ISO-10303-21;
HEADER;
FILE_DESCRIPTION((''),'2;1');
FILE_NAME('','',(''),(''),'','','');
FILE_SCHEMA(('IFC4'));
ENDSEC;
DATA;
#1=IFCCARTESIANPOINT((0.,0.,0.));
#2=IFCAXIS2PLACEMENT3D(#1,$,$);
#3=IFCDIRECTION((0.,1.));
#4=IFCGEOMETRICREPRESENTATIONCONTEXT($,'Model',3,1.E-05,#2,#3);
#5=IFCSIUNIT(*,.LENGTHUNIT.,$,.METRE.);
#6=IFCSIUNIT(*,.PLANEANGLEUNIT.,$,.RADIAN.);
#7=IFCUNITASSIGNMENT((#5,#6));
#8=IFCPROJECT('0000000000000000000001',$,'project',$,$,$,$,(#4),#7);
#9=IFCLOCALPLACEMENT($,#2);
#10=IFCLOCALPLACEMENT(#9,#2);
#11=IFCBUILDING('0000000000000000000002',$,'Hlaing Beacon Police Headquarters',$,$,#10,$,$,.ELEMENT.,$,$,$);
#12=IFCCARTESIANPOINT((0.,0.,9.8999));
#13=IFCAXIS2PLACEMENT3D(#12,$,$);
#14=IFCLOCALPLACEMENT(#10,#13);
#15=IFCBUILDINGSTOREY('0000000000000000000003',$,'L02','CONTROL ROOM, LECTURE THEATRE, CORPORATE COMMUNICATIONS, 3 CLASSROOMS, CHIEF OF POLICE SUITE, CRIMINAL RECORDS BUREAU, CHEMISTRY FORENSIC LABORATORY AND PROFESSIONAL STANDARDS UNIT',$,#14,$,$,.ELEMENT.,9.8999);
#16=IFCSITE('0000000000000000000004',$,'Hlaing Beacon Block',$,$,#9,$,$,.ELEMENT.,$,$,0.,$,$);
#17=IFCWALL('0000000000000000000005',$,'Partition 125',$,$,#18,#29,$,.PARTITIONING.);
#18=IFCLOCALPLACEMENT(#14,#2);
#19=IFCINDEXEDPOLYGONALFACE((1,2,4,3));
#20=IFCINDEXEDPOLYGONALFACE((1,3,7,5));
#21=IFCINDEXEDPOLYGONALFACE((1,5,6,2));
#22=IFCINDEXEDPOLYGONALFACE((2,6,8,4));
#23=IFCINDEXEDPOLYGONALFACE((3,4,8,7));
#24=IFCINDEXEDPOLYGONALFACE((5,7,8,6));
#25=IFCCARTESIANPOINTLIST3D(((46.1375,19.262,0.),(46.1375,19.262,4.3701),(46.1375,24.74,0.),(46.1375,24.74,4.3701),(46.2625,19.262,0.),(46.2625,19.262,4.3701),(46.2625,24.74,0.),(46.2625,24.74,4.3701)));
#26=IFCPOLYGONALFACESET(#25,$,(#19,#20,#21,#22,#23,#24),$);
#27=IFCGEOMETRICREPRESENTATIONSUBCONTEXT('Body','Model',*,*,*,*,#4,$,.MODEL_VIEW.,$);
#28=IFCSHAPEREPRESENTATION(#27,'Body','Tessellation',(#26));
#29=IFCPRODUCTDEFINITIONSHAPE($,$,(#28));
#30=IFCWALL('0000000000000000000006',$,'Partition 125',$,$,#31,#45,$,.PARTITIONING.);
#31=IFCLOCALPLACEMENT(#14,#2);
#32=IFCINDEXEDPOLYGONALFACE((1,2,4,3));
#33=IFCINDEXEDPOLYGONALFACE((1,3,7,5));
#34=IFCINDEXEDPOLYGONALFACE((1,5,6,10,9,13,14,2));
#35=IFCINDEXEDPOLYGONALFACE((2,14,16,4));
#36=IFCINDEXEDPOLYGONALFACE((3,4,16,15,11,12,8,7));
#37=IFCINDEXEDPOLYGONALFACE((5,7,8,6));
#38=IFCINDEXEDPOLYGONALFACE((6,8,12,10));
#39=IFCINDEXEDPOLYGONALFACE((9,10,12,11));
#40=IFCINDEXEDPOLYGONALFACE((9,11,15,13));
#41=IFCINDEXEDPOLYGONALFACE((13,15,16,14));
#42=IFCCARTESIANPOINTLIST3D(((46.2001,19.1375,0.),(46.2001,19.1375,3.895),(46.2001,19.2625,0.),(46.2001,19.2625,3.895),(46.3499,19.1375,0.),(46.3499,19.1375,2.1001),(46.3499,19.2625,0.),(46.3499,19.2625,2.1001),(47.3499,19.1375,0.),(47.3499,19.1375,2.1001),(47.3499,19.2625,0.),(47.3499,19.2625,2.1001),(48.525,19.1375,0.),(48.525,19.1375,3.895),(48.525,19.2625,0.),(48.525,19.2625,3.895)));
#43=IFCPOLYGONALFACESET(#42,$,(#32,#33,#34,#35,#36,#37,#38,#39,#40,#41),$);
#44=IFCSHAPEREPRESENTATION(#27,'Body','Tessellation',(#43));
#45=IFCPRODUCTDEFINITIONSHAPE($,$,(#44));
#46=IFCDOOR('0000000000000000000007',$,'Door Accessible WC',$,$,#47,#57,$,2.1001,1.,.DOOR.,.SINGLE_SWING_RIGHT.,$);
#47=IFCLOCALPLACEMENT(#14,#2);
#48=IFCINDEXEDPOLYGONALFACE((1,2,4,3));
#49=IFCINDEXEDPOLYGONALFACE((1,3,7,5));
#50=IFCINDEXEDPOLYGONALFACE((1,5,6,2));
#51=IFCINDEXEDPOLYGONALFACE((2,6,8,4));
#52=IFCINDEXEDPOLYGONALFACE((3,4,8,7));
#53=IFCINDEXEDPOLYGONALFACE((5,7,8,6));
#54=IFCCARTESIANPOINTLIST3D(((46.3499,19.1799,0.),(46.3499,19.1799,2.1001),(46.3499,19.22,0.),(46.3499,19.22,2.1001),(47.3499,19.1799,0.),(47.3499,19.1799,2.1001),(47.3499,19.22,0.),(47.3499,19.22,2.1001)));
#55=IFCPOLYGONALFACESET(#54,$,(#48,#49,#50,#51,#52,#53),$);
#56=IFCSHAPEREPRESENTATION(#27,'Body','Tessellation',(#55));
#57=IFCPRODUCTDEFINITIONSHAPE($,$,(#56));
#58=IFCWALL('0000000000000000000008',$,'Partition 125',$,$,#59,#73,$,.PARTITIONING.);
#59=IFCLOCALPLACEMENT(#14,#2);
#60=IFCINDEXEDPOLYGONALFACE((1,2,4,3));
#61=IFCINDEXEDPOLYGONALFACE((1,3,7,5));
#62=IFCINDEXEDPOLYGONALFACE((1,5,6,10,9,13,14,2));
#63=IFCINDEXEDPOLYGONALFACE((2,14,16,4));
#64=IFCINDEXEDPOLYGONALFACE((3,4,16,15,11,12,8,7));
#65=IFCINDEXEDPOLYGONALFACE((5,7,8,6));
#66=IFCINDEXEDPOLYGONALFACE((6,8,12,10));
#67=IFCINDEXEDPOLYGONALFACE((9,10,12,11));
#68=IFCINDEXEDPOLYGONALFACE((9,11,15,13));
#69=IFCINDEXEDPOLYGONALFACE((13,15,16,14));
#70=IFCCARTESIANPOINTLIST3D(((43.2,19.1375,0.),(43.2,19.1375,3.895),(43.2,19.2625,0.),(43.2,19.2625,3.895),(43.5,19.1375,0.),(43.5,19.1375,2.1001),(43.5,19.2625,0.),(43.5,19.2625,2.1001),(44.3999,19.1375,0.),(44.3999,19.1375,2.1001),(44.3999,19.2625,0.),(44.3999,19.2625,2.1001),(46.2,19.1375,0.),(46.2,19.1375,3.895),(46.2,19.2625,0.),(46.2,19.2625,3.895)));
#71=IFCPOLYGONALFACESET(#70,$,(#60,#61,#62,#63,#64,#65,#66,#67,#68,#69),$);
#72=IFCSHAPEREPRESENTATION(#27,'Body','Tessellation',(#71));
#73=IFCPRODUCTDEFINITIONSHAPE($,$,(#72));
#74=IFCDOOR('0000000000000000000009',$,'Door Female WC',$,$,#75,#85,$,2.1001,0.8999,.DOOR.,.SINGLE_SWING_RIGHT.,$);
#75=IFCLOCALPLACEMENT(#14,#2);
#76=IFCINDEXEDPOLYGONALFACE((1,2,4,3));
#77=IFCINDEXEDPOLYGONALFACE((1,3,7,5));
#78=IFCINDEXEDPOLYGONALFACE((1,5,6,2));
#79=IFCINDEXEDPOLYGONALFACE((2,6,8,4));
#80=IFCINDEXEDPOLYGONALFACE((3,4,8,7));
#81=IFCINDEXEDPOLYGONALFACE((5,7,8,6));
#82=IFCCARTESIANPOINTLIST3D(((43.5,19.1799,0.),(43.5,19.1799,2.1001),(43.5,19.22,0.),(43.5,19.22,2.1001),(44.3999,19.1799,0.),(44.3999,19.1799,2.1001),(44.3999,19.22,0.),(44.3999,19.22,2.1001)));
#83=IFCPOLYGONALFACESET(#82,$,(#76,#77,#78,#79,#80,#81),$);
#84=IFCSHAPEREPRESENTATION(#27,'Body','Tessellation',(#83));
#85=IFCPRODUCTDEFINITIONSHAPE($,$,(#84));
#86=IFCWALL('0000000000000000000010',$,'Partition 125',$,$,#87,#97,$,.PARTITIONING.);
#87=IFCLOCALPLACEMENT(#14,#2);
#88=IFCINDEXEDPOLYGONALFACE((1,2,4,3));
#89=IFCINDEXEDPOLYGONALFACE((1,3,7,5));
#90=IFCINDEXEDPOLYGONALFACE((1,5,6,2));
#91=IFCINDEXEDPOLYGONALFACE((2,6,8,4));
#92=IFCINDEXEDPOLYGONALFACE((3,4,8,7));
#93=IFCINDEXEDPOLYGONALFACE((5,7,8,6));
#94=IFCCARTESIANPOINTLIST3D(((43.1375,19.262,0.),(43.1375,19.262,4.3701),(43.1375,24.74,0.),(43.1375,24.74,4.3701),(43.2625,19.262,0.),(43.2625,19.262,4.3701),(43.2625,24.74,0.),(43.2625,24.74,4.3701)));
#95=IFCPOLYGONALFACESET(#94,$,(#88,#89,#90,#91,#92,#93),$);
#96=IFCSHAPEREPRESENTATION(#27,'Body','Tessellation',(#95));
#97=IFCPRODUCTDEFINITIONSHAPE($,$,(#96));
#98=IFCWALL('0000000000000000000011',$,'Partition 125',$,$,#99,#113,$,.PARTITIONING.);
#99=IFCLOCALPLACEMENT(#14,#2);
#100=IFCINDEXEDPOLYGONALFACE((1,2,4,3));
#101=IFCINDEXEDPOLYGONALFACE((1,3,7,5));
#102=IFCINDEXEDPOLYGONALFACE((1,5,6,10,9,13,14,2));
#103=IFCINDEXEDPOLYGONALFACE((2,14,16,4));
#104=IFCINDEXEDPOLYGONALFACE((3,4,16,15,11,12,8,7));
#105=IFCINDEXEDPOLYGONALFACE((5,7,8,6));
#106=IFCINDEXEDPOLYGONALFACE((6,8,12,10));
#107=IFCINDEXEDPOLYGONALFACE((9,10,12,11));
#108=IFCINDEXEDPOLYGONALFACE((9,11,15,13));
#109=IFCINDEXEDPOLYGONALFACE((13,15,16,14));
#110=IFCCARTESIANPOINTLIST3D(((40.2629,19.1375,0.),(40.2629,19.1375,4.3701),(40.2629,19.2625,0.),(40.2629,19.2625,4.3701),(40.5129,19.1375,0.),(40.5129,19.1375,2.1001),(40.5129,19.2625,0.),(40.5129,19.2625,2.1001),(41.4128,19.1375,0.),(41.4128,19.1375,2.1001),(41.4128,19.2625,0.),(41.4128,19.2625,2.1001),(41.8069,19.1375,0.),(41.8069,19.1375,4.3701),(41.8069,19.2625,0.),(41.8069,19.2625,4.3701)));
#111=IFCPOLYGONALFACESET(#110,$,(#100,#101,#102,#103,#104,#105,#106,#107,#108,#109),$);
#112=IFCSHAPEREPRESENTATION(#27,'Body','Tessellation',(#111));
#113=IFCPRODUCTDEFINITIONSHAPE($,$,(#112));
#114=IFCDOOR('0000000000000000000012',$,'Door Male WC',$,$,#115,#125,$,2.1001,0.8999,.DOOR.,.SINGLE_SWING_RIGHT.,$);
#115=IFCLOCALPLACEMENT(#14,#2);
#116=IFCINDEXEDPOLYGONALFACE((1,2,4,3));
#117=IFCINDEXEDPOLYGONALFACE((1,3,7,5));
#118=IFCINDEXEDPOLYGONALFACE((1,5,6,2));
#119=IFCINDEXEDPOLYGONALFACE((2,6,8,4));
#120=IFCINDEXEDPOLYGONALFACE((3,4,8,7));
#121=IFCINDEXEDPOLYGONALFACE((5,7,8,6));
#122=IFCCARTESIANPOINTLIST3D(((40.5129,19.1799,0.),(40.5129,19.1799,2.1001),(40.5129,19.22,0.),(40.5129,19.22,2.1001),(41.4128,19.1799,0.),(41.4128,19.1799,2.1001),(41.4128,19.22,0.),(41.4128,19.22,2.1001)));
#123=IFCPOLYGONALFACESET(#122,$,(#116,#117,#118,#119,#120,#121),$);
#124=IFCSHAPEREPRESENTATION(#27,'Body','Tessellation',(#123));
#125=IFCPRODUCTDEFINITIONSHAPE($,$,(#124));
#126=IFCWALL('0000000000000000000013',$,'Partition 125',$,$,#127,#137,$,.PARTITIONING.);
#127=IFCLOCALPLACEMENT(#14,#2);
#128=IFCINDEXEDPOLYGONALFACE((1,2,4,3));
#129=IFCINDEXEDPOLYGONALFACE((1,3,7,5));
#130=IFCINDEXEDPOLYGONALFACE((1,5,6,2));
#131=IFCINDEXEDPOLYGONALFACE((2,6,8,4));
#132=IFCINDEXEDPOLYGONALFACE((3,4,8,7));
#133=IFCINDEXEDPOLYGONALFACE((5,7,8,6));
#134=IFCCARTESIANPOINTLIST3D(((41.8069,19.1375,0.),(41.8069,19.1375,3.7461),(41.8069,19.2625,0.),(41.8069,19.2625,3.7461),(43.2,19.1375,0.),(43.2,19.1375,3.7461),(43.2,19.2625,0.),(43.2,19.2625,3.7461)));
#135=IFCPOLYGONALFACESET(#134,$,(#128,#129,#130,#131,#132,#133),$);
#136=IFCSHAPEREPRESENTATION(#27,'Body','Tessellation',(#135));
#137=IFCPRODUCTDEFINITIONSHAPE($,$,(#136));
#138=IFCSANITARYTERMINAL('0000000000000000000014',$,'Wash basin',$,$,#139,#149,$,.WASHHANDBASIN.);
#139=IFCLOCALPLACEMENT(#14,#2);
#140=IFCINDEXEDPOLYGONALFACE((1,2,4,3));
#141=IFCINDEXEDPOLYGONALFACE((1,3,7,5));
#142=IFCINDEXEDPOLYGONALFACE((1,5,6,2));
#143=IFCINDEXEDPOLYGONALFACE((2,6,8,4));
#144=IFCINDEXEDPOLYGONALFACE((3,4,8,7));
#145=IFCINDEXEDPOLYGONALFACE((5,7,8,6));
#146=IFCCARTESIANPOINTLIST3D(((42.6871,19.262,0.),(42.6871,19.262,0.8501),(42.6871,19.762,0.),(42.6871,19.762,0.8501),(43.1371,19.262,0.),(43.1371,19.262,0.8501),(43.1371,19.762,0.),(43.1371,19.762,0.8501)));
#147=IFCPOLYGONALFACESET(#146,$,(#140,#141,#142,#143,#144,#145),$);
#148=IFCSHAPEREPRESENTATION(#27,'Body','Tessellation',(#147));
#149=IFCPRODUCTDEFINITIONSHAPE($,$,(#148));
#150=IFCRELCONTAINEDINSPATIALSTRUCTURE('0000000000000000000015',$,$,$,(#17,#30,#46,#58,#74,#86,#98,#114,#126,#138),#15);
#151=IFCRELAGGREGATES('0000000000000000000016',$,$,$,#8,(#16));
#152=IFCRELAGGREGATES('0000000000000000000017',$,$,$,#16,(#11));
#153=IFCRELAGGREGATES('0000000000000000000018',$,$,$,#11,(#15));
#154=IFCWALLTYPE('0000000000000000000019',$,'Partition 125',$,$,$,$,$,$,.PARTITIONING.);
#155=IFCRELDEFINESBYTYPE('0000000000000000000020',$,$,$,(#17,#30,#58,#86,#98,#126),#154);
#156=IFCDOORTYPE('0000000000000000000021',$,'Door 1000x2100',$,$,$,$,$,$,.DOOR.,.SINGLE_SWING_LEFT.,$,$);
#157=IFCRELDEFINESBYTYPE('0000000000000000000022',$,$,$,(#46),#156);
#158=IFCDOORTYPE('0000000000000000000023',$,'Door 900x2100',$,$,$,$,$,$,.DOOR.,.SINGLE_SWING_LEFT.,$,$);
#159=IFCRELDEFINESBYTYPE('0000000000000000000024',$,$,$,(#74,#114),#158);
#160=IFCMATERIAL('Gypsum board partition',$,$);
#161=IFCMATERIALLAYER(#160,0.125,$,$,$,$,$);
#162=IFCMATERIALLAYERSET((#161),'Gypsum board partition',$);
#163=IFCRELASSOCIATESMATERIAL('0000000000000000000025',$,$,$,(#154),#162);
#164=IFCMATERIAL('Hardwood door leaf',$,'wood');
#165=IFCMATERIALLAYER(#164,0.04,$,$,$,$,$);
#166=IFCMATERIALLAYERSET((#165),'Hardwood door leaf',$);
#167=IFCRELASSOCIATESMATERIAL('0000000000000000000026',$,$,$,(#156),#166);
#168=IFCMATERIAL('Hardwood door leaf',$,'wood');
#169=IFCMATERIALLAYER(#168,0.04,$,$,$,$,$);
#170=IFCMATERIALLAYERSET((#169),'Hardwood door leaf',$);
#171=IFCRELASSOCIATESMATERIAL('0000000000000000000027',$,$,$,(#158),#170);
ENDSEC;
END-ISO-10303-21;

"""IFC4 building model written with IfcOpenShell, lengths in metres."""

from ifc_helpers import new_model, si_unit, direction, frame, frame_2d, origin, origin_2d, place, context, subcontext, project, spatial, rectangle, extrude, material, layer, layer_set, type_object, element, fill, save


model = new_model("IFC4")

# Units and contexts
model_context = context("Model", 3, precision=1e-05, world=origin(), true_north=direction((0.0, 1.0)))
body_context = subcontext(model_context, "Body", "Model", "MODEL_VIEW")
ifc_project = project(units=[si_unit("LENGTHUNIT", "METRE"), si_unit("PLANEANGLEUNIT", "RADIAN")], contexts=[model_context])

# Site, building, storey
site_placement = place(None, origin())
site = spatial("IfcSite", under=ifc_project, at=site_placement, Name="Hlaing Beacon Block", CompositionType="ELEMENT", RefElevation=0.0)
building_placement = place(site_placement, origin())
building = spatial("IfcBuilding", under=site, at=building_placement, Name="Hlaing Beacon Police Headquarters", CompositionType="ELEMENT")
storey_placement = place(building_placement, frame((0.0, 0.0, 9.8999)))
storey = spatial("IfcBuildingStorey", under=building, at=storey_placement, Name="L02", Description="CONTROL ROOM, LECTURE THEATRE, CORPORATE COMMUNICATIONS, 3 CLASSROOMS, CHIEF OF POLICE SUITE, CRIMINAL RECORDS BUREAU, CHEMISTRY FORENSIC LABORATORY AND PROFESSIONAL STANDARDS UNIT", CompositionType="ELEMENT", Elevation=9.8999)

# Wall
ifc_material_1 = material(Name="Gypsum board partition")
ifc_layer_1 = layer(ifc_material_1, 0.125)
ifc_layer_set_1 = layer_set([ifc_layer_1], Name="Gypsum board partition")
wall_type_1 = type_object("IfcWallType", Name="Partition 125", PredefinedType="PARTITIONING", material=ifc_layer_set_1)
wall_1_placement = place(storey_placement, frame((46.2, 19.262, 0.0), z_axis=(0.0, 0.0, 1.0), x_axis=(0.0, 1.0, 0.0)))
element("IfcWall", 1, at=wall_1_placement, inside=storey, type_object=wall_type_1, Name="Partition 125", PredefinedType="PARTITIONING", context=body_context, shape_type="SweptSolid", body=[
    extrude(rectangle(XDim=5.478, YDim=0.125, at=frame_2d((2.739, 0.0))), origin(), (0.0, 0.0, 1.0), 4.3701),
])

# Walls, openings, doors
wall_2_placement = place(storey_placement, frame((46.2, 19.2, 0.0), z_axis=(0.0, 0.0, 1.0), x_axis=(1.0, 0.0, 0.0)))
wall_2 = element("IfcWall", 2, at=wall_2_placement, inside=storey, type_object=wall_type_1, Name="Partition 125", PredefinedType="PARTITIONING", context=body_context, shape_type="SweptSolid", body=[
    extrude(rectangle(XDim=2.325, YDim=0.125, at=frame_2d((1.1626, 0.0))), origin(), (0.0, 0.0, 1.0), 3.895),
])
opening_1_placement = place(wall_2_placement, frame((0.1499, 0.0, 0.0)))
opening_1 = element("IfcOpeningElement", 3, at=opening_1_placement, cuts=wall_2, PredefinedType="OPENING", context=body_context, shape_type="SweptSolid", body=[
    extrude(rectangle(XDim=1.0, YDim=2.1001, at=frame_2d((0.5, 1.05))), frame((0.0, 0.0725, 0.0), z_axis=(0.0, -1.0, 0.0), x_axis=(1.0, 0.0, 0.0)), (0.0, 0.0, 1.0), 0.145),
])
ifc_material_2 = material(Name="Hardwood door leaf", Category="wood")
ifc_layer_2 = layer(ifc_material_2, 0.04)
ifc_layer_set_2 = layer_set([ifc_layer_2], Name="Hardwood door leaf")
door_type_1 = type_object("IfcDoorType", Name="Door 1000x2100", OperationType="SINGLE_SWING_LEFT", PredefinedType="DOOR", material=ifc_layer_set_2)
door_1_placement = place(opening_1_placement, origin())
door_1 = element("IfcDoor", 4, at=door_1_placement, inside=storey, type_object=door_type_1, Name="Door Accessible WC", OperationType="SINGLE_SWING_RIGHT", OverallHeight=2.1001, OverallWidth=1.0, PredefinedType="DOOR", context=body_context, shape_type="SweptSolid", body=[
    extrude(rectangle(XDim=1.0, YDim=2.1001, at=frame_2d((0.5, 1.05))), frame((0.0, 0.02, 0.0), z_axis=(0.0, -1.0, 0.0), x_axis=(1.0, 0.0, 0.0)), (0.0, 0.0, 1.0), 0.04),
])
fill(opening_1, door_1)
wall_3_placement = place(storey_placement, frame((43.2, 19.2, 0.0), z_axis=(0.0, 0.0, 1.0), x_axis=(1.0, 0.0, 0.0)))
wall_3 = element("IfcWall", 5, at=wall_3_placement, inside=storey, type_object=wall_type_1, Name="Partition 125", PredefinedType="PARTITIONING", context=body_context, shape_type="SweptSolid", body=[
    extrude(rectangle(XDim=3.0, YDim=0.125, at=frame_2d((1.5, 0.0))), origin(), (0.0, 0.0, 1.0), 3.895),
])
opening_2_placement = place(wall_3_placement, frame((0.3, 0.0, 0.0)))
opening_2 = element("IfcOpeningElement", 6, at=opening_2_placement, cuts=wall_3, PredefinedType="OPENING", context=body_context, shape_type="SweptSolid", body=[
    extrude(rectangle(XDim=0.8999, YDim=2.1001, at=frame_2d((0.45, 1.05))), frame((0.0, 0.0725, 0.0), z_axis=(0.0, -1.0, 0.0), x_axis=(1.0, 0.0, 0.0)), (0.0, 0.0, 1.0), 0.145),
])
ifc_material_3 = material(Name="Hardwood door leaf", Category="wood")
ifc_layer_3 = layer(ifc_material_3, 0.04)
ifc_layer_set_3 = layer_set([ifc_layer_3], Name="Hardwood door leaf")
door_type_2 = type_object("IfcDoorType", Name="Door 900x2100", OperationType="SINGLE_SWING_LEFT", PredefinedType="DOOR", material=ifc_layer_set_3)
door_2_placement = place(opening_2_placement, origin())
door_2 = element("IfcDoor", 7, at=door_2_placement, inside=storey, type_object=door_type_2, Name="Door Female WC", OperationType="SINGLE_SWING_RIGHT", OverallHeight=2.1001, OverallWidth=0.8999, PredefinedType="DOOR", context=body_context, shape_type="SweptSolid", body=[
    extrude(rectangle(XDim=0.8999, YDim=2.1001, at=frame_2d((0.45, 1.05))), frame((0.0, 0.02, 0.0), z_axis=(0.0, -1.0, 0.0), x_axis=(1.0, 0.0, 0.0)), (0.0, 0.0, 1.0), 0.04),
])
fill(opening_2, door_2)

# Wall
wall_4_placement = place(storey_placement, frame((43.2, 19.262, 0.0), z_axis=(0.0, 0.0, 1.0), x_axis=(0.0, 1.0, 0.0)))
element("IfcWall", 8, at=wall_4_placement, inside=storey, type_object=wall_type_1, Name="Partition 125", PredefinedType="PARTITIONING", context=body_context, shape_type="SweptSolid", body=[
    extrude(rectangle(XDim=5.478, YDim=0.125, at=frame_2d((2.739, 0.0))), origin(), (0.0, 0.0, 1.0), 4.3701),
])

# Wall, opening, door
wall_5_placement = place(storey_placement, frame((40.2629, 19.2, 0.0), z_axis=(0.0, 0.0, 1.0), x_axis=(1.0, 0.0, 0.0)))
wall_5 = element("IfcWall", 9, at=wall_5_placement, inside=storey, type_object=wall_type_1, Name="Partition 125", PredefinedType="PARTITIONING", context=body_context, shape_type="SweptSolid", body=[
    extrude(rectangle(XDim=1.5439, YDim=0.125, at=frame_2d((0.772, 0.0))), origin(), (0.0, 0.0, 1.0), 4.3701),
])
opening_3_placement = place(wall_5_placement, frame((0.25, 0.0, 0.0)))
opening_3 = element("IfcOpeningElement", 10, at=opening_3_placement, cuts=wall_5, PredefinedType="OPENING", context=body_context, shape_type="SweptSolid", body=[
    extrude(rectangle(XDim=0.8999, YDim=2.1001, at=frame_2d((0.45, 1.05))), frame((0.0, 0.0725, 0.0), z_axis=(0.0, -1.0, 0.0), x_axis=(1.0, 0.0, 0.0)), (0.0, 0.0, 1.0), 0.145),
])
door_3_placement = place(opening_3_placement, origin())
door_3 = element("IfcDoor", 11, at=door_3_placement, inside=storey, type_object=door_type_2, Name="Door Male WC", OperationType="SINGLE_SWING_RIGHT", OverallHeight=2.1001, OverallWidth=0.8999, PredefinedType="DOOR", context=body_context, shape_type="SweptSolid", body=[
    extrude(rectangle(XDim=0.8999, YDim=2.1001, at=frame_2d((0.45, 1.05))), frame((0.0, 0.02, 0.0), z_axis=(0.0, -1.0, 0.0), x_axis=(1.0, 0.0, 0.0)), (0.0, 0.0, 1.0), 0.04),
])
fill(opening_3, door_3)

# Wall
wall_6_placement = place(storey_placement, frame((41.8069, 19.2, 0.0), z_axis=(0.0, 0.0, 1.0), x_axis=(1.0, 0.0, 0.0)))
element("IfcWall", 12, at=wall_6_placement, inside=storey, type_object=wall_type_1, Name="Partition 125", PredefinedType="PARTITIONING", context=body_context, shape_type="SweptSolid", body=[
    extrude(rectangle(XDim=1.3931, YDim=0.125, at=frame_2d((0.6965, 0.0))), origin(), (0.0, 0.0, 1.0), 3.7461),
])

# Sanitary terminal
sanitary_terminal_placement = place(storey_placement, frame((42.9121, 19.512, 0.0), z_axis=(0.0, 0.0, 1.0), x_axis=(1.0, 0.0, 0.0)))
element("IfcSanitaryTerminal", 13, at=sanitary_terminal_placement, inside=storey, Name="Wash basin", PredefinedType="WASHHANDBASIN", context=body_context, shape_type="SweptSolid", body=[
    extrude(rectangle(XDim=0.45, YDim=0.5, at=origin_2d()), origin(), (0.0, 0.0, 1.0), 0.8501),
])

save(model, "model.ifc")
